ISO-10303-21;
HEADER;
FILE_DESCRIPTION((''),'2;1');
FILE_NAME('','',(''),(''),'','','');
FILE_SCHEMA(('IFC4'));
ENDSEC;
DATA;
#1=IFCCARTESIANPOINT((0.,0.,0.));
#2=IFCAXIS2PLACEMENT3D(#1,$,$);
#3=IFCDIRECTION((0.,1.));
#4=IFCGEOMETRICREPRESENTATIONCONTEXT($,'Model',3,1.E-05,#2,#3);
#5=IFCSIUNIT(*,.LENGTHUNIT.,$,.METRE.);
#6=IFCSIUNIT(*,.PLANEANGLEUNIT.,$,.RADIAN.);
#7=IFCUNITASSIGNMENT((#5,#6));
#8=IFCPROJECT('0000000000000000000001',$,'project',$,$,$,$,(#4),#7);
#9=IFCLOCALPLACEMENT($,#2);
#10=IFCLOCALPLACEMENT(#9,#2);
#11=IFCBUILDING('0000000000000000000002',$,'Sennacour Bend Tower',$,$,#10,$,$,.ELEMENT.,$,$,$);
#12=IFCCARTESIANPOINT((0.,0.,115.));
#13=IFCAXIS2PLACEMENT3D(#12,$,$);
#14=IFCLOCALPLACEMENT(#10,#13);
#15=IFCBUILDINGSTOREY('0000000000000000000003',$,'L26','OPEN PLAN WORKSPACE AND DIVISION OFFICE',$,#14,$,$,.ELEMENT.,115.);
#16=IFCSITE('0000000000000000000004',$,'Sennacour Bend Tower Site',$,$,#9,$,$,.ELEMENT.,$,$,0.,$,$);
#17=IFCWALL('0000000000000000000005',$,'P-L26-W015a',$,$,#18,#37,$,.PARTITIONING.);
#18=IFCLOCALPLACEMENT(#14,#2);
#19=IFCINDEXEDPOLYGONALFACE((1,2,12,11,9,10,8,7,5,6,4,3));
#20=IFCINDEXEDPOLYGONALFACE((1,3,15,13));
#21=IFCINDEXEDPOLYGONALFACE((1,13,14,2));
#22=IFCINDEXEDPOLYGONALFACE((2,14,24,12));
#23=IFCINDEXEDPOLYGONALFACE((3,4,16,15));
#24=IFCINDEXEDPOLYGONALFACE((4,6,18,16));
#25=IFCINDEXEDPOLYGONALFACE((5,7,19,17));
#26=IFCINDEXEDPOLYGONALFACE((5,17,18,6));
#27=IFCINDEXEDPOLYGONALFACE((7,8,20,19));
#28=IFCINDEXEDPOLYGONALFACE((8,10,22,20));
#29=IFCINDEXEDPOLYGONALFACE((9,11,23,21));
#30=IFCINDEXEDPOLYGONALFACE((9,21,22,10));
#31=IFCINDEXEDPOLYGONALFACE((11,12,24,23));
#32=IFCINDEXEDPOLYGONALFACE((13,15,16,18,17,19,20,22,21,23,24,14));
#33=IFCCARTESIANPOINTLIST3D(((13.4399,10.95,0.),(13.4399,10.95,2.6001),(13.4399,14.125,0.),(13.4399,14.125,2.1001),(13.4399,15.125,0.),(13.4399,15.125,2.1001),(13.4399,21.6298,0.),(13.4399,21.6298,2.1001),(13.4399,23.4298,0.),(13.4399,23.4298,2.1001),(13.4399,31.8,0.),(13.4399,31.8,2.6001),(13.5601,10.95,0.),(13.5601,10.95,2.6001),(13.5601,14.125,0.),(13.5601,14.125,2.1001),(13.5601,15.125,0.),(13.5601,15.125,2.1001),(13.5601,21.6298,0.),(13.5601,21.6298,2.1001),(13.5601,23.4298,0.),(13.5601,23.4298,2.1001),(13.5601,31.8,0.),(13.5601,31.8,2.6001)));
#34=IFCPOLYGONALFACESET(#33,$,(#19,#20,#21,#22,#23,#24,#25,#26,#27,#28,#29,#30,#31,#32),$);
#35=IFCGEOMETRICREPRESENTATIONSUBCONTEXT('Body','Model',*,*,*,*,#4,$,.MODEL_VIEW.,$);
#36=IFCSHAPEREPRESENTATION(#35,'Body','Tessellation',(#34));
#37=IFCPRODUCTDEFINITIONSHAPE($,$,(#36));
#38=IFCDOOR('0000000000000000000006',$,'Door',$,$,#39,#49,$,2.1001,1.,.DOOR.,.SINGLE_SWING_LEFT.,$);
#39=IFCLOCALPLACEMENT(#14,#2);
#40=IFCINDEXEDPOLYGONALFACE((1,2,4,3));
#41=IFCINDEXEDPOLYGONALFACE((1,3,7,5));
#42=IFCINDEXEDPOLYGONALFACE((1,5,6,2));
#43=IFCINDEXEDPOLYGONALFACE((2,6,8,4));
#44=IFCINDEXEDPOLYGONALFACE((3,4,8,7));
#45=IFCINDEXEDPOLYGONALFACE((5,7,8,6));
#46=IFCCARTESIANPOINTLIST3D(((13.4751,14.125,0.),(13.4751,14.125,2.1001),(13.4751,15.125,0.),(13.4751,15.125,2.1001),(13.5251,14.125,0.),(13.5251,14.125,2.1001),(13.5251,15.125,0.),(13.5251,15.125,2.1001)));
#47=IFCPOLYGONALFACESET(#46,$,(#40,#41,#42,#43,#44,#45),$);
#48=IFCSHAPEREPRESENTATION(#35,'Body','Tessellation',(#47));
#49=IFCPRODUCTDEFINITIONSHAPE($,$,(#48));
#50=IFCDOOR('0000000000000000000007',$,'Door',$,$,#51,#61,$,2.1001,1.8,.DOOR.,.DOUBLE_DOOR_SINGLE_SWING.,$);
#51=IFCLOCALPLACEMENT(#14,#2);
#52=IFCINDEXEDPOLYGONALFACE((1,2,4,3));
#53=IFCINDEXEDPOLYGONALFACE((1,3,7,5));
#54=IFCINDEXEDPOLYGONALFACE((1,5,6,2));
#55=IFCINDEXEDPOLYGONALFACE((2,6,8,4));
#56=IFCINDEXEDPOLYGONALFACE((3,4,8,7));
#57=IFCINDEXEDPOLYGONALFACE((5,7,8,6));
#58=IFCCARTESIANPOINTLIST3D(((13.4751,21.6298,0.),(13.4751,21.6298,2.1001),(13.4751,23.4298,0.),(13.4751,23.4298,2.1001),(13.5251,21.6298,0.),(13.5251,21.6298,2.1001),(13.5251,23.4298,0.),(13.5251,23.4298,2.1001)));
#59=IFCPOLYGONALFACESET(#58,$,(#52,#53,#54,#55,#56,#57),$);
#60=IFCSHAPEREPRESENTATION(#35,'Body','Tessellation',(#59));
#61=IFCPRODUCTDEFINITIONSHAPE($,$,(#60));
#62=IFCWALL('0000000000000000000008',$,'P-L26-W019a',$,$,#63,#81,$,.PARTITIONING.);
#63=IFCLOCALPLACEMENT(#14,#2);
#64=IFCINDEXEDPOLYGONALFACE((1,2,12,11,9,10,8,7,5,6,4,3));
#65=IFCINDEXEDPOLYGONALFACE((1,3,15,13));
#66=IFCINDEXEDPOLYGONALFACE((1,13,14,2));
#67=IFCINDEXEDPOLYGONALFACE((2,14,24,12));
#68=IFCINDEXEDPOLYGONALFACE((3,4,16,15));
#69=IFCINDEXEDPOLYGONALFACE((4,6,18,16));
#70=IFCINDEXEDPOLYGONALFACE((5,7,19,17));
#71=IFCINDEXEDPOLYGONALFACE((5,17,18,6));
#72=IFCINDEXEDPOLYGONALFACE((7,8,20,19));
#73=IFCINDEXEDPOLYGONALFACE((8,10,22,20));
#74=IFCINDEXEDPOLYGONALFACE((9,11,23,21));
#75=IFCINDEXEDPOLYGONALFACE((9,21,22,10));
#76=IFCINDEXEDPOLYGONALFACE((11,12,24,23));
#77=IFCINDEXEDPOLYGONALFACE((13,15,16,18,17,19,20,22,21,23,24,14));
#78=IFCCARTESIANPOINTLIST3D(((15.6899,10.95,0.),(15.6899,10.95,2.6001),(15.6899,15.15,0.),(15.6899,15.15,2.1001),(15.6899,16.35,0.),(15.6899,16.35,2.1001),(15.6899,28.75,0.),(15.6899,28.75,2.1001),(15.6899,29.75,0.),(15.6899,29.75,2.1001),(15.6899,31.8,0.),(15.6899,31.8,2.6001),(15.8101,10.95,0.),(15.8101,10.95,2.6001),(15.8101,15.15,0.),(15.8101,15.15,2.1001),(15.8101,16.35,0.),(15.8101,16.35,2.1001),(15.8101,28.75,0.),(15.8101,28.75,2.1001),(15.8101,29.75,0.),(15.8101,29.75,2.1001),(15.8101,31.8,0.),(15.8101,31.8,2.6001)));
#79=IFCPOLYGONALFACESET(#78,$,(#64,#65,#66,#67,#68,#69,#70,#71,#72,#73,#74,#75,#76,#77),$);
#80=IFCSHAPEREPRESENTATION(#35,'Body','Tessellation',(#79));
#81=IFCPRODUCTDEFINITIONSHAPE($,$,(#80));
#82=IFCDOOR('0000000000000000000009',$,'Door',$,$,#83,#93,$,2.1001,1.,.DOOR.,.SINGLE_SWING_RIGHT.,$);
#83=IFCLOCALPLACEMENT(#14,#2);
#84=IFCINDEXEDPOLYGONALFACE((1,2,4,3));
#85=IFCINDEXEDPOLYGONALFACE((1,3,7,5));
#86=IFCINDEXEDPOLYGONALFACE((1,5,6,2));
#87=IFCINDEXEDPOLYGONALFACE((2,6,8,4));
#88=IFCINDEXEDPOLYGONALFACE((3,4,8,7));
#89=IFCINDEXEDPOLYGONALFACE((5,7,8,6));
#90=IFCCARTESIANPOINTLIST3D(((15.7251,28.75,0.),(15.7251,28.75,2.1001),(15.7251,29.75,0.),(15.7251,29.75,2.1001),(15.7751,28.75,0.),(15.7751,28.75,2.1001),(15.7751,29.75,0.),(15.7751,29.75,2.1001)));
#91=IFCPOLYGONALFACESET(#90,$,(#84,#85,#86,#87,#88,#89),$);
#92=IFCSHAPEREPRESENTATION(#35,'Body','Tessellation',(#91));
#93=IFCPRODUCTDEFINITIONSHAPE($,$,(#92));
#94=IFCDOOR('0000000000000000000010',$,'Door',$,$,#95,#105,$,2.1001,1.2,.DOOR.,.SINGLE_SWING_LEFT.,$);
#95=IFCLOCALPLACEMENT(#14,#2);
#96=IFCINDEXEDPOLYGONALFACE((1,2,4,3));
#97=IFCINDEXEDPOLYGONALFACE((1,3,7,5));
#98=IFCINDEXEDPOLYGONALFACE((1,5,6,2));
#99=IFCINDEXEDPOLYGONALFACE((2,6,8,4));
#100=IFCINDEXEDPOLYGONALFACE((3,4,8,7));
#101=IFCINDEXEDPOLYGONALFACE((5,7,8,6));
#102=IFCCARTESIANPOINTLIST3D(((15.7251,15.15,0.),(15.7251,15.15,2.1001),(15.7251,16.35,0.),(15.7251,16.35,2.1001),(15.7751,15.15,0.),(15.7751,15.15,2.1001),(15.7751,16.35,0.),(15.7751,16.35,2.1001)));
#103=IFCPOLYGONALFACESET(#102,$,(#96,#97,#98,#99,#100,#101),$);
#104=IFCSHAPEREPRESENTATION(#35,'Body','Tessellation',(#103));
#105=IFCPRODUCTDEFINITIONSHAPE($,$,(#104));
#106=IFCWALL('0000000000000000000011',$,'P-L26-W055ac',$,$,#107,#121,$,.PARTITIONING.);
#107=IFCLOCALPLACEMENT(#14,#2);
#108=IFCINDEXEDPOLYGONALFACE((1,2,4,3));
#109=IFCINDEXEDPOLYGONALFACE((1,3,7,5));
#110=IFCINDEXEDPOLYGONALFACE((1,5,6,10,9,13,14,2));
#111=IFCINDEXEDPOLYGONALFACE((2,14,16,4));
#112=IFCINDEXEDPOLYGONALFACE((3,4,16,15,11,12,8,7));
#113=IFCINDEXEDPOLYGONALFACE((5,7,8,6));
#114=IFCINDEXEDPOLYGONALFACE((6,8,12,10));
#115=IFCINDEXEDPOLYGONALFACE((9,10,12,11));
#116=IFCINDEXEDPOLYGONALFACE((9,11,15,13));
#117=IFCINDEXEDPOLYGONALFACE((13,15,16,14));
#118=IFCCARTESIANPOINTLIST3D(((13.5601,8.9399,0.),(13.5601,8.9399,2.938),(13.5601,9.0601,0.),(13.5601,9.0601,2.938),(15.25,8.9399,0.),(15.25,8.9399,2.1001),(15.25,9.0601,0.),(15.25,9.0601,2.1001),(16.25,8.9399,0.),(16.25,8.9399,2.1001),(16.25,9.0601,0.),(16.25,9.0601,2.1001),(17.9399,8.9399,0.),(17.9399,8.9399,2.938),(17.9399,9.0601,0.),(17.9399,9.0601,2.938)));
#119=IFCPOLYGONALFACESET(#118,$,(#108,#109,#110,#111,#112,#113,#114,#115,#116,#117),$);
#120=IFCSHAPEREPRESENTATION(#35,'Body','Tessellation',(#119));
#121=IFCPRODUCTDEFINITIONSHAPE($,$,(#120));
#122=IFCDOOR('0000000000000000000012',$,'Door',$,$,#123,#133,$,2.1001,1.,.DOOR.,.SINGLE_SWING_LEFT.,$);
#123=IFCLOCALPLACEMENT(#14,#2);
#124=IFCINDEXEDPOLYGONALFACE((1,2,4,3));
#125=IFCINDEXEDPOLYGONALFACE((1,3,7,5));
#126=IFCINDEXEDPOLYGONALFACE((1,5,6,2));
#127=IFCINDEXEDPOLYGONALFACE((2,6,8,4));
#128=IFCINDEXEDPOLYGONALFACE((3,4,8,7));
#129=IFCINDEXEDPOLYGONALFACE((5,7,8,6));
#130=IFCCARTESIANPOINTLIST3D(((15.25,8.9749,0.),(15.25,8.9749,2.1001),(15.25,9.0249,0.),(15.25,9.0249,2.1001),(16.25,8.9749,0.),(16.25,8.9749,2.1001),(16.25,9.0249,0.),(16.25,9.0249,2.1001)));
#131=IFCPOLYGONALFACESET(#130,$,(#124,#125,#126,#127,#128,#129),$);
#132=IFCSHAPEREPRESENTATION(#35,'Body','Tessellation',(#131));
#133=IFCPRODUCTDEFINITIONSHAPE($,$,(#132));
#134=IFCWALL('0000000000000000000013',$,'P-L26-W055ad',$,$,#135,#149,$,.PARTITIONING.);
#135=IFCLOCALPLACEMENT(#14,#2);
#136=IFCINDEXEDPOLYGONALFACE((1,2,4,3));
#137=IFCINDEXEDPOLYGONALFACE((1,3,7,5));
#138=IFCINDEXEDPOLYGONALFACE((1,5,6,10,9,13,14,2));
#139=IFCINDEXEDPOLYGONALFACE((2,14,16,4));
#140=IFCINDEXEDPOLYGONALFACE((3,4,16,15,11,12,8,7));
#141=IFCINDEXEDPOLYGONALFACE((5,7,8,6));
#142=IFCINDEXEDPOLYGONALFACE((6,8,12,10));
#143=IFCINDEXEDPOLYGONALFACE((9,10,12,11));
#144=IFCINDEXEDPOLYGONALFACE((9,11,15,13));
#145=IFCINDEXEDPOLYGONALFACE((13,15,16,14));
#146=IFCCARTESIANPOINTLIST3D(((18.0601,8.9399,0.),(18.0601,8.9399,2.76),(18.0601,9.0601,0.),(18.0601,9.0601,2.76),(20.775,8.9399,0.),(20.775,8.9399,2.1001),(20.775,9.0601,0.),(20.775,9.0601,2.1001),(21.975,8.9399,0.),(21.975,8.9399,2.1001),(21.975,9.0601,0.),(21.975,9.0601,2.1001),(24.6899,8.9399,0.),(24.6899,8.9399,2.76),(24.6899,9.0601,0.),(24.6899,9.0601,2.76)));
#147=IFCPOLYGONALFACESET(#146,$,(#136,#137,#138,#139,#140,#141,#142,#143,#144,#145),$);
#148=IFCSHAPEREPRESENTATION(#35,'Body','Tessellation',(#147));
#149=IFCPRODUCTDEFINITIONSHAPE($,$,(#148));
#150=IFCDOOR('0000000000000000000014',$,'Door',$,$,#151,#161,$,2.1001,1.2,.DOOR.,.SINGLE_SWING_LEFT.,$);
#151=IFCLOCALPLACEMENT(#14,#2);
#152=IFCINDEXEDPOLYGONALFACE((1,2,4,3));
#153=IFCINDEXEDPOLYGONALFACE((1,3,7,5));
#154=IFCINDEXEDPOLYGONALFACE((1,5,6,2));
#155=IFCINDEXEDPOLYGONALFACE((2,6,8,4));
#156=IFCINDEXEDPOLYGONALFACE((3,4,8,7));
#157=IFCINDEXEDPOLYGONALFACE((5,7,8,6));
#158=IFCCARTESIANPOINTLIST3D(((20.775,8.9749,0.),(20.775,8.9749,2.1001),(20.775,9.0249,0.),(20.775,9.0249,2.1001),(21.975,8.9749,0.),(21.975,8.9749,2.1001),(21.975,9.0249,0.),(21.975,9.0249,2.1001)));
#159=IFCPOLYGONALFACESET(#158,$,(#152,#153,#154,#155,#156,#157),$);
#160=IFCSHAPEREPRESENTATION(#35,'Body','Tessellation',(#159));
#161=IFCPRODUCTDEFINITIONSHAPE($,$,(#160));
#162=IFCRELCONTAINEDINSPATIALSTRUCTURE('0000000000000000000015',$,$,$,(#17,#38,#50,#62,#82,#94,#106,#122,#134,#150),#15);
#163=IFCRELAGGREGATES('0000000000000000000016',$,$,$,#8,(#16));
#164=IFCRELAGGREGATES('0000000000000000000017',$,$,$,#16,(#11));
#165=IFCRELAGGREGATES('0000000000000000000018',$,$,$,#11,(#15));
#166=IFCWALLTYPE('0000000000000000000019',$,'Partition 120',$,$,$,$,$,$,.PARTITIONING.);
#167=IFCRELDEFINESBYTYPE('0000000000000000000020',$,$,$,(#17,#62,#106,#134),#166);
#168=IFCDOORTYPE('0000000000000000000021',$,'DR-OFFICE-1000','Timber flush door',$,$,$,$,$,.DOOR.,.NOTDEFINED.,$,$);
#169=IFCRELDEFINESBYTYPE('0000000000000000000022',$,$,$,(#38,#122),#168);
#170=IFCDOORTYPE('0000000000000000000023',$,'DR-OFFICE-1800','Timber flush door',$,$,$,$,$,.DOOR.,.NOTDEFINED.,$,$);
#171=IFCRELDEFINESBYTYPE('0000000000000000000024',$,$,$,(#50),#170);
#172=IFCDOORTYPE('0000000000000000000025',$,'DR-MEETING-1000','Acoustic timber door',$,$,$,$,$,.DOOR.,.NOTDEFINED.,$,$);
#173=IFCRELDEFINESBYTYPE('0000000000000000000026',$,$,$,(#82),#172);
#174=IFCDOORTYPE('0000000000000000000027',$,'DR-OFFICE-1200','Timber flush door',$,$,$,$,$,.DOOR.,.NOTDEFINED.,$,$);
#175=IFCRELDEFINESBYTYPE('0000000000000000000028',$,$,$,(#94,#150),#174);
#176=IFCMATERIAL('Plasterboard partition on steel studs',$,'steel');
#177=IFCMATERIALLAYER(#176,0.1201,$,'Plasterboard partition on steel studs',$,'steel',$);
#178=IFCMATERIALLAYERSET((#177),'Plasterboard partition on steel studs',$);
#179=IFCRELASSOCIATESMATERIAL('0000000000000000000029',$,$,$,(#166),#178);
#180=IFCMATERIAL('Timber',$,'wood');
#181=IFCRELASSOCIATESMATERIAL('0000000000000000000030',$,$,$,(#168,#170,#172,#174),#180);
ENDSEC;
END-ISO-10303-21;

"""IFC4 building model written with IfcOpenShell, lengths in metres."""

from ifc_helpers import new_model, si_unit, direction, frame, frame_2d, origin, place, context, subcontext, project, spatial, rectangle, extrude, material, layer, layer_set, type_object, element, fill, save


model = new_model("IFC4")

# Units and contexts
model_context = context("Model", 3, precision=1e-05, world=origin(), true_north=direction((0.0, 1.0)))
body_context = subcontext(model_context, "Body", "Model", "MODEL_VIEW")
ifc_project = project(units=[si_unit("LENGTHUNIT", "METRE"), si_unit("PLANEANGLEUNIT", "RADIAN")], contexts=[model_context])

# Site, building, storey
site_placement = place(None, origin())
site = spatial("IfcSite", under=ifc_project, at=site_placement, Name="Sennacour Bend Tower Site", CompositionType="ELEMENT", RefElevation=0.0)
building_placement = place(site_placement, origin())
building = spatial("IfcBuilding", under=site, at=building_placement, Name="Sennacour Bend Tower", CompositionType="ELEMENT")
storey_placement = place(building_placement, frame((0.0, 0.0, 115.0)))
storey = spatial("IfcBuildingStorey", under=building, at=storey_placement, Name="L26", Description="OPEN PLAN WORKSPACE AND DIVISION OFFICE", CompositionType="ELEMENT", Elevation=115.0)

# Walls, openings, doors
ifc_material_1 = material(Name="Plasterboard partition on steel studs", Category="steel")
ifc_layer_1 = layer(ifc_material_1, 0.1201, Name="Plasterboard partition on steel studs", Category="steel")
ifc_layer_set_1 = layer_set([ifc_layer_1], Name="Plasterboard partition on steel studs")
wall_type_1 = type_object("IfcWallType", Name="Partition 120", PredefinedType="PARTITIONING", material=ifc_layer_set_1)
wall_1_placement = place(storey_placement, frame((13.5, 10.95, 0.0), z_axis=(0.0, 0.0, 1.0), x_axis=(0.0, 1.0, 0.0)))
wall_1 = element("IfcWall", 1, at=wall_1_placement, inside=storey, type_object=wall_type_1, Name="P-L26-W015a", PredefinedType="PARTITIONING", context=body_context, shape_type="SweptSolid", body=[
    extrude(rectangle(XDim=20.8501, YDim=0.1201, at=frame_2d((10.425, 0.0))), origin(), (0.0, 0.0, 1.0), 2.6001),
])
opening_1_placement = place(wall_1_placement, frame((3.175, 0.0, 0.0)))
opening_1 = element("IfcOpeningElement", 2, at=opening_1_placement, cuts=wall_1, PredefinedType="OPENING", context=body_context, shape_type="SweptSolid", body=[
    extrude(rectangle(XDim=1.0, YDim=2.1001, at=frame_2d((0.5, 1.05))), frame((0.0, 0.0701, 0.0), z_axis=(0.0, -1.0, 0.0), x_axis=(1.0, 0.0, 0.0)), (0.0, 0.0, 1.0), 0.1401),
])
opening_2_placement = place(wall_1_placement, frame((10.6799, 0.0, 0.0)))
opening_2 = element("IfcOpeningElement", 3, at=opening_2_placement, cuts=wall_1, PredefinedType="OPENING", context=body_context, shape_type="SweptSolid", body=[
    extrude(rectangle(XDim=1.8, YDim=2.1001, at=frame_2d((0.8999, 1.05))), frame((0.0, 0.0701, 0.0), z_axis=(0.0, -1.0, 0.0), x_axis=(1.0, 0.0, 0.0)), (0.0, 0.0, 1.0), 0.1401),
])
ifc_material_2 = material(Name="Timber", Category="wood")
door_type_1 = type_object("IfcDoorType", Name="DR-OFFICE-1000", Description="Timber flush door", OperationType="NOTDEFINED", PredefinedType="DOOR", material=ifc_material_2)
door_1_placement = place(opening_1_placement, origin())
door_1 = element("IfcDoor", 4, at=door_1_placement, inside=storey, type_object=door_type_1, Name="Door", OperationType="SINGLE_SWING_LEFT", OverallHeight=2.1001, OverallWidth=1.0, PredefinedType="DOOR", context=body_context, shape_type="SweptSolid", body=[
    extrude(rectangle(XDim=1.0, YDim=2.1001, at=frame_2d((0.5, 1.05))), frame((0.0, 0.0249, 0.0), z_axis=(0.0, -1.0, 0.0), x_axis=(1.0, 0.0, 0.0)), (0.0, 0.0, 1.0), 0.05),
])
fill(opening_1, door_1)
door_type_2 = type_object("IfcDoorType", Name="DR-OFFICE-1800", Description="Timber flush door", OperationType="NOTDEFINED", PredefinedType="DOOR", material=ifc_material_2)
door_2_placement = place(opening_2_placement, origin())
door_2 = element("IfcDoor", 5, at=door_2_placement, inside=storey, type_object=door_type_2, Name="Door", OperationType="DOUBLE_DOOR_SINGLE_SWING", OverallHeight=2.1001, OverallWidth=1.8, PredefinedType="DOOR", context=body_context, shape_type="SweptSolid", body=[
    extrude(rectangle(XDim=1.8, YDim=2.1001, at=frame_2d((0.8999, 1.05))), frame((0.0, 0.0249, 0.0), z_axis=(0.0, -1.0, 0.0), x_axis=(1.0, 0.0, 0.0)), (0.0, 0.0, 1.0), 0.05),
])
fill(opening_2, door_2)
wall_2_placement = place(storey_placement, frame((15.75, 10.95, 0.0), z_axis=(0.0, 0.0, 1.0), x_axis=(0.0, 1.0, 0.0)))
wall_2 = element("IfcWall", 6, at=wall_2_placement, inside=storey, type_object=wall_type_1, Name="P-L26-W019a", PredefinedType="PARTITIONING", context=body_context, shape_type="SweptSolid", body=[
    extrude(rectangle(XDim=20.8501, YDim=0.1201, at=frame_2d((10.425, 0.0))), origin(), (0.0, 0.0, 1.0), 2.6001),
])
opening_3_placement = place(wall_2_placement, frame((17.8, 0.0, 0.0)))
opening_3 = element("IfcOpeningElement", 7, at=opening_3_placement, cuts=wall_2, PredefinedType="OPENING", context=body_context, shape_type="SweptSolid", body=[
    extrude(rectangle(XDim=1.0, YDim=2.1001, at=frame_2d((0.5, 1.05))), frame((0.0, 0.0701, 0.0), z_axis=(0.0, -1.0, 0.0), x_axis=(1.0, 0.0, 0.0)), (0.0, 0.0, 1.0), 0.1401),
])
opening_4_placement = place(wall_2_placement, frame((4.2, 0.0, 0.0)))
opening_4 = element("IfcOpeningElement", 8, at=opening_4_placement, cuts=wall_2, PredefinedType="OPENING", context=body_context, shape_type="SweptSolid", body=[
    extrude(rectangle(XDim=1.2, YDim=2.1001, at=frame_2d((0.6001, 1.05))), frame((0.0, 0.0701, 0.0), z_axis=(0.0, -1.0, 0.0), x_axis=(1.0, 0.0, 0.0)), (0.0, 0.0, 1.0), 0.1401),
])
door_type_3 = type_object("IfcDoorType", Name="DR-MEETING-1000", Description="Acoustic timber door", OperationType="NOTDEFINED", PredefinedType="DOOR", material=ifc_material_2)
door_3_placement = place(opening_3_placement, origin())
door_3 = element("IfcDoor", 9, at=door_3_placement, inside=storey, type_object=door_type_3, Name="Door", OperationType="SINGLE_SWING_RIGHT", OverallHeight=2.1001, OverallWidth=1.0, PredefinedType="DOOR", context=body_context, shape_type="SweptSolid", body=[
    extrude(rectangle(XDim=1.0, YDim=2.1001, at=frame_2d((0.5, 1.05))), frame((0.0, 0.0249, 0.0), z_axis=(0.0, -1.0, 0.0), x_axis=(1.0, 0.0, 0.0)), (0.0, 0.0, 1.0), 0.05),
])
fill(opening_3, door_3)
door_type_4 = type_object("IfcDoorType", Name="DR-OFFICE-1200", Description="Timber flush door", OperationType="NOTDEFINED", PredefinedType="DOOR", material=ifc_material_2)
door_4_placement = place(opening_4_placement, origin())
door_4 = element("IfcDoor", 10, at=door_4_placement, inside=storey, type_object=door_type_4, Name="Door", OperationType="SINGLE_SWING_LEFT", OverallHeight=2.1001, OverallWidth=1.2, PredefinedType="DOOR", context=body_context, shape_type="SweptSolid", body=[
    extrude(rectangle(XDim=1.2, YDim=2.1001, at=frame_2d((0.6001, 1.05))), frame((0.0, 0.0249, 0.0), z_axis=(0.0, -1.0, 0.0), x_axis=(1.0, 0.0, 0.0)), (0.0, 0.0, 1.0), 0.05),
])
fill(opening_4, door_4)

# Walls, openings, doors
wall_3_placement = place(storey_placement, frame((13.5601, 9.0, 0.0), z_axis=(0.0, 0.0, 1.0), x_axis=(1.0, 0.0, 0.0)))
wall_3 = element("IfcWall", 11, at=wall_3_placement, inside=storey, type_object=wall_type_1, Name="P-L26-W055ac", PredefinedType="PARTITIONING", context=body_context, shape_type="SweptSolid", body=[
    extrude(rectangle(XDim=4.3799, YDim=0.1201, at=frame_2d((2.1899, 0.0))), origin(), (0.0, 0.0, 1.0), 2.938),
])
opening_5_placement = place(wall_3_placement, frame((1.6899, 0.0, 0.0)))
opening_5 = element("IfcOpeningElement", 12, at=opening_5_placement, cuts=wall_3, PredefinedType="OPENING", context=body_context, shape_type="SweptSolid", body=[
    extrude(rectangle(XDim=1.0, YDim=2.1001, at=frame_2d((0.5, 1.05))), frame((0.0, 0.0701, 0.0), z_axis=(0.0, -1.0, 0.0), x_axis=(1.0, 0.0, 0.0)), (0.0, 0.0, 1.0), 0.1401),
])
door_5_placement = place(opening_5_placement, origin())
door_5 = element("IfcDoor", 13, at=door_5_placement, inside=storey, type_object=door_type_1, Name="Door", OperationType="SINGLE_SWING_LEFT", OverallHeight=2.1001, OverallWidth=1.0, PredefinedType="DOOR", context=body_context, shape_type="SweptSolid", body=[
    extrude(rectangle(XDim=1.0, YDim=2.1001, at=frame_2d((0.5, 1.05))), frame((0.0, 0.0249, 0.0), z_axis=(0.0, -1.0, 0.0), x_axis=(1.0, 0.0, 0.0)), (0.0, 0.0, 1.0), 0.05),
])
fill(opening_5, door_5)
wall_4_placement = place(storey_placement, frame((18.0601, 9.0, 0.0), z_axis=(0.0, 0.0, 1.0), x_axis=(1.0, 0.0, 0.0)))
wall_4 = element("IfcWall", 14, at=wall_4_placement, inside=storey, type_object=wall_type_1, Name="P-L26-W055ad", PredefinedType="PARTITIONING", context=body_context, shape_type="SweptSolid", body=[
    extrude(rectangle(XDim=6.6299, YDim=0.1201, at=frame_2d((3.3149, 0.0))), origin(), (0.0, 0.0, 1.0), 2.76),
])
opening_6_placement = place(wall_4_placement, frame((2.7148, 0.0, 0.0)))
opening_6 = element("IfcOpeningElement", 15, at=opening_6_placement, cuts=wall_4, PredefinedType="OPENING", context=body_context, shape_type="SweptSolid", body=[
    extrude(rectangle(XDim=1.2, YDim=2.1001, at=frame_2d((0.6001, 1.05))), frame((0.0, 0.0701, 0.0), z_axis=(0.0, -1.0, 0.0), x_axis=(1.0, 0.0, 0.0)), (0.0, 0.0, 1.0), 0.1401),
])
door_6_placement = place(opening_6_placement, origin())
door_6 = element("IfcDoor", 16, at=door_6_placement, inside=storey, type_object=door_type_4, Name="Door", OperationType="SINGLE_SWING_LEFT", OverallHeight=2.1001, OverallWidth=1.2, PredefinedType="DOOR", context=body_context, shape_type="SweptSolid", body=[
    extrude(rectangle(XDim=1.2, YDim=2.1001, at=frame_2d((0.6001, 1.05))), frame((0.0, 0.0249, 0.0), z_axis=(0.0, -1.0, 0.0), x_axis=(1.0, 0.0, 0.0)), (0.0, 0.0, 1.0), 0.05),
])
fill(opening_6, door_6)

save(model, "model.ifc")
